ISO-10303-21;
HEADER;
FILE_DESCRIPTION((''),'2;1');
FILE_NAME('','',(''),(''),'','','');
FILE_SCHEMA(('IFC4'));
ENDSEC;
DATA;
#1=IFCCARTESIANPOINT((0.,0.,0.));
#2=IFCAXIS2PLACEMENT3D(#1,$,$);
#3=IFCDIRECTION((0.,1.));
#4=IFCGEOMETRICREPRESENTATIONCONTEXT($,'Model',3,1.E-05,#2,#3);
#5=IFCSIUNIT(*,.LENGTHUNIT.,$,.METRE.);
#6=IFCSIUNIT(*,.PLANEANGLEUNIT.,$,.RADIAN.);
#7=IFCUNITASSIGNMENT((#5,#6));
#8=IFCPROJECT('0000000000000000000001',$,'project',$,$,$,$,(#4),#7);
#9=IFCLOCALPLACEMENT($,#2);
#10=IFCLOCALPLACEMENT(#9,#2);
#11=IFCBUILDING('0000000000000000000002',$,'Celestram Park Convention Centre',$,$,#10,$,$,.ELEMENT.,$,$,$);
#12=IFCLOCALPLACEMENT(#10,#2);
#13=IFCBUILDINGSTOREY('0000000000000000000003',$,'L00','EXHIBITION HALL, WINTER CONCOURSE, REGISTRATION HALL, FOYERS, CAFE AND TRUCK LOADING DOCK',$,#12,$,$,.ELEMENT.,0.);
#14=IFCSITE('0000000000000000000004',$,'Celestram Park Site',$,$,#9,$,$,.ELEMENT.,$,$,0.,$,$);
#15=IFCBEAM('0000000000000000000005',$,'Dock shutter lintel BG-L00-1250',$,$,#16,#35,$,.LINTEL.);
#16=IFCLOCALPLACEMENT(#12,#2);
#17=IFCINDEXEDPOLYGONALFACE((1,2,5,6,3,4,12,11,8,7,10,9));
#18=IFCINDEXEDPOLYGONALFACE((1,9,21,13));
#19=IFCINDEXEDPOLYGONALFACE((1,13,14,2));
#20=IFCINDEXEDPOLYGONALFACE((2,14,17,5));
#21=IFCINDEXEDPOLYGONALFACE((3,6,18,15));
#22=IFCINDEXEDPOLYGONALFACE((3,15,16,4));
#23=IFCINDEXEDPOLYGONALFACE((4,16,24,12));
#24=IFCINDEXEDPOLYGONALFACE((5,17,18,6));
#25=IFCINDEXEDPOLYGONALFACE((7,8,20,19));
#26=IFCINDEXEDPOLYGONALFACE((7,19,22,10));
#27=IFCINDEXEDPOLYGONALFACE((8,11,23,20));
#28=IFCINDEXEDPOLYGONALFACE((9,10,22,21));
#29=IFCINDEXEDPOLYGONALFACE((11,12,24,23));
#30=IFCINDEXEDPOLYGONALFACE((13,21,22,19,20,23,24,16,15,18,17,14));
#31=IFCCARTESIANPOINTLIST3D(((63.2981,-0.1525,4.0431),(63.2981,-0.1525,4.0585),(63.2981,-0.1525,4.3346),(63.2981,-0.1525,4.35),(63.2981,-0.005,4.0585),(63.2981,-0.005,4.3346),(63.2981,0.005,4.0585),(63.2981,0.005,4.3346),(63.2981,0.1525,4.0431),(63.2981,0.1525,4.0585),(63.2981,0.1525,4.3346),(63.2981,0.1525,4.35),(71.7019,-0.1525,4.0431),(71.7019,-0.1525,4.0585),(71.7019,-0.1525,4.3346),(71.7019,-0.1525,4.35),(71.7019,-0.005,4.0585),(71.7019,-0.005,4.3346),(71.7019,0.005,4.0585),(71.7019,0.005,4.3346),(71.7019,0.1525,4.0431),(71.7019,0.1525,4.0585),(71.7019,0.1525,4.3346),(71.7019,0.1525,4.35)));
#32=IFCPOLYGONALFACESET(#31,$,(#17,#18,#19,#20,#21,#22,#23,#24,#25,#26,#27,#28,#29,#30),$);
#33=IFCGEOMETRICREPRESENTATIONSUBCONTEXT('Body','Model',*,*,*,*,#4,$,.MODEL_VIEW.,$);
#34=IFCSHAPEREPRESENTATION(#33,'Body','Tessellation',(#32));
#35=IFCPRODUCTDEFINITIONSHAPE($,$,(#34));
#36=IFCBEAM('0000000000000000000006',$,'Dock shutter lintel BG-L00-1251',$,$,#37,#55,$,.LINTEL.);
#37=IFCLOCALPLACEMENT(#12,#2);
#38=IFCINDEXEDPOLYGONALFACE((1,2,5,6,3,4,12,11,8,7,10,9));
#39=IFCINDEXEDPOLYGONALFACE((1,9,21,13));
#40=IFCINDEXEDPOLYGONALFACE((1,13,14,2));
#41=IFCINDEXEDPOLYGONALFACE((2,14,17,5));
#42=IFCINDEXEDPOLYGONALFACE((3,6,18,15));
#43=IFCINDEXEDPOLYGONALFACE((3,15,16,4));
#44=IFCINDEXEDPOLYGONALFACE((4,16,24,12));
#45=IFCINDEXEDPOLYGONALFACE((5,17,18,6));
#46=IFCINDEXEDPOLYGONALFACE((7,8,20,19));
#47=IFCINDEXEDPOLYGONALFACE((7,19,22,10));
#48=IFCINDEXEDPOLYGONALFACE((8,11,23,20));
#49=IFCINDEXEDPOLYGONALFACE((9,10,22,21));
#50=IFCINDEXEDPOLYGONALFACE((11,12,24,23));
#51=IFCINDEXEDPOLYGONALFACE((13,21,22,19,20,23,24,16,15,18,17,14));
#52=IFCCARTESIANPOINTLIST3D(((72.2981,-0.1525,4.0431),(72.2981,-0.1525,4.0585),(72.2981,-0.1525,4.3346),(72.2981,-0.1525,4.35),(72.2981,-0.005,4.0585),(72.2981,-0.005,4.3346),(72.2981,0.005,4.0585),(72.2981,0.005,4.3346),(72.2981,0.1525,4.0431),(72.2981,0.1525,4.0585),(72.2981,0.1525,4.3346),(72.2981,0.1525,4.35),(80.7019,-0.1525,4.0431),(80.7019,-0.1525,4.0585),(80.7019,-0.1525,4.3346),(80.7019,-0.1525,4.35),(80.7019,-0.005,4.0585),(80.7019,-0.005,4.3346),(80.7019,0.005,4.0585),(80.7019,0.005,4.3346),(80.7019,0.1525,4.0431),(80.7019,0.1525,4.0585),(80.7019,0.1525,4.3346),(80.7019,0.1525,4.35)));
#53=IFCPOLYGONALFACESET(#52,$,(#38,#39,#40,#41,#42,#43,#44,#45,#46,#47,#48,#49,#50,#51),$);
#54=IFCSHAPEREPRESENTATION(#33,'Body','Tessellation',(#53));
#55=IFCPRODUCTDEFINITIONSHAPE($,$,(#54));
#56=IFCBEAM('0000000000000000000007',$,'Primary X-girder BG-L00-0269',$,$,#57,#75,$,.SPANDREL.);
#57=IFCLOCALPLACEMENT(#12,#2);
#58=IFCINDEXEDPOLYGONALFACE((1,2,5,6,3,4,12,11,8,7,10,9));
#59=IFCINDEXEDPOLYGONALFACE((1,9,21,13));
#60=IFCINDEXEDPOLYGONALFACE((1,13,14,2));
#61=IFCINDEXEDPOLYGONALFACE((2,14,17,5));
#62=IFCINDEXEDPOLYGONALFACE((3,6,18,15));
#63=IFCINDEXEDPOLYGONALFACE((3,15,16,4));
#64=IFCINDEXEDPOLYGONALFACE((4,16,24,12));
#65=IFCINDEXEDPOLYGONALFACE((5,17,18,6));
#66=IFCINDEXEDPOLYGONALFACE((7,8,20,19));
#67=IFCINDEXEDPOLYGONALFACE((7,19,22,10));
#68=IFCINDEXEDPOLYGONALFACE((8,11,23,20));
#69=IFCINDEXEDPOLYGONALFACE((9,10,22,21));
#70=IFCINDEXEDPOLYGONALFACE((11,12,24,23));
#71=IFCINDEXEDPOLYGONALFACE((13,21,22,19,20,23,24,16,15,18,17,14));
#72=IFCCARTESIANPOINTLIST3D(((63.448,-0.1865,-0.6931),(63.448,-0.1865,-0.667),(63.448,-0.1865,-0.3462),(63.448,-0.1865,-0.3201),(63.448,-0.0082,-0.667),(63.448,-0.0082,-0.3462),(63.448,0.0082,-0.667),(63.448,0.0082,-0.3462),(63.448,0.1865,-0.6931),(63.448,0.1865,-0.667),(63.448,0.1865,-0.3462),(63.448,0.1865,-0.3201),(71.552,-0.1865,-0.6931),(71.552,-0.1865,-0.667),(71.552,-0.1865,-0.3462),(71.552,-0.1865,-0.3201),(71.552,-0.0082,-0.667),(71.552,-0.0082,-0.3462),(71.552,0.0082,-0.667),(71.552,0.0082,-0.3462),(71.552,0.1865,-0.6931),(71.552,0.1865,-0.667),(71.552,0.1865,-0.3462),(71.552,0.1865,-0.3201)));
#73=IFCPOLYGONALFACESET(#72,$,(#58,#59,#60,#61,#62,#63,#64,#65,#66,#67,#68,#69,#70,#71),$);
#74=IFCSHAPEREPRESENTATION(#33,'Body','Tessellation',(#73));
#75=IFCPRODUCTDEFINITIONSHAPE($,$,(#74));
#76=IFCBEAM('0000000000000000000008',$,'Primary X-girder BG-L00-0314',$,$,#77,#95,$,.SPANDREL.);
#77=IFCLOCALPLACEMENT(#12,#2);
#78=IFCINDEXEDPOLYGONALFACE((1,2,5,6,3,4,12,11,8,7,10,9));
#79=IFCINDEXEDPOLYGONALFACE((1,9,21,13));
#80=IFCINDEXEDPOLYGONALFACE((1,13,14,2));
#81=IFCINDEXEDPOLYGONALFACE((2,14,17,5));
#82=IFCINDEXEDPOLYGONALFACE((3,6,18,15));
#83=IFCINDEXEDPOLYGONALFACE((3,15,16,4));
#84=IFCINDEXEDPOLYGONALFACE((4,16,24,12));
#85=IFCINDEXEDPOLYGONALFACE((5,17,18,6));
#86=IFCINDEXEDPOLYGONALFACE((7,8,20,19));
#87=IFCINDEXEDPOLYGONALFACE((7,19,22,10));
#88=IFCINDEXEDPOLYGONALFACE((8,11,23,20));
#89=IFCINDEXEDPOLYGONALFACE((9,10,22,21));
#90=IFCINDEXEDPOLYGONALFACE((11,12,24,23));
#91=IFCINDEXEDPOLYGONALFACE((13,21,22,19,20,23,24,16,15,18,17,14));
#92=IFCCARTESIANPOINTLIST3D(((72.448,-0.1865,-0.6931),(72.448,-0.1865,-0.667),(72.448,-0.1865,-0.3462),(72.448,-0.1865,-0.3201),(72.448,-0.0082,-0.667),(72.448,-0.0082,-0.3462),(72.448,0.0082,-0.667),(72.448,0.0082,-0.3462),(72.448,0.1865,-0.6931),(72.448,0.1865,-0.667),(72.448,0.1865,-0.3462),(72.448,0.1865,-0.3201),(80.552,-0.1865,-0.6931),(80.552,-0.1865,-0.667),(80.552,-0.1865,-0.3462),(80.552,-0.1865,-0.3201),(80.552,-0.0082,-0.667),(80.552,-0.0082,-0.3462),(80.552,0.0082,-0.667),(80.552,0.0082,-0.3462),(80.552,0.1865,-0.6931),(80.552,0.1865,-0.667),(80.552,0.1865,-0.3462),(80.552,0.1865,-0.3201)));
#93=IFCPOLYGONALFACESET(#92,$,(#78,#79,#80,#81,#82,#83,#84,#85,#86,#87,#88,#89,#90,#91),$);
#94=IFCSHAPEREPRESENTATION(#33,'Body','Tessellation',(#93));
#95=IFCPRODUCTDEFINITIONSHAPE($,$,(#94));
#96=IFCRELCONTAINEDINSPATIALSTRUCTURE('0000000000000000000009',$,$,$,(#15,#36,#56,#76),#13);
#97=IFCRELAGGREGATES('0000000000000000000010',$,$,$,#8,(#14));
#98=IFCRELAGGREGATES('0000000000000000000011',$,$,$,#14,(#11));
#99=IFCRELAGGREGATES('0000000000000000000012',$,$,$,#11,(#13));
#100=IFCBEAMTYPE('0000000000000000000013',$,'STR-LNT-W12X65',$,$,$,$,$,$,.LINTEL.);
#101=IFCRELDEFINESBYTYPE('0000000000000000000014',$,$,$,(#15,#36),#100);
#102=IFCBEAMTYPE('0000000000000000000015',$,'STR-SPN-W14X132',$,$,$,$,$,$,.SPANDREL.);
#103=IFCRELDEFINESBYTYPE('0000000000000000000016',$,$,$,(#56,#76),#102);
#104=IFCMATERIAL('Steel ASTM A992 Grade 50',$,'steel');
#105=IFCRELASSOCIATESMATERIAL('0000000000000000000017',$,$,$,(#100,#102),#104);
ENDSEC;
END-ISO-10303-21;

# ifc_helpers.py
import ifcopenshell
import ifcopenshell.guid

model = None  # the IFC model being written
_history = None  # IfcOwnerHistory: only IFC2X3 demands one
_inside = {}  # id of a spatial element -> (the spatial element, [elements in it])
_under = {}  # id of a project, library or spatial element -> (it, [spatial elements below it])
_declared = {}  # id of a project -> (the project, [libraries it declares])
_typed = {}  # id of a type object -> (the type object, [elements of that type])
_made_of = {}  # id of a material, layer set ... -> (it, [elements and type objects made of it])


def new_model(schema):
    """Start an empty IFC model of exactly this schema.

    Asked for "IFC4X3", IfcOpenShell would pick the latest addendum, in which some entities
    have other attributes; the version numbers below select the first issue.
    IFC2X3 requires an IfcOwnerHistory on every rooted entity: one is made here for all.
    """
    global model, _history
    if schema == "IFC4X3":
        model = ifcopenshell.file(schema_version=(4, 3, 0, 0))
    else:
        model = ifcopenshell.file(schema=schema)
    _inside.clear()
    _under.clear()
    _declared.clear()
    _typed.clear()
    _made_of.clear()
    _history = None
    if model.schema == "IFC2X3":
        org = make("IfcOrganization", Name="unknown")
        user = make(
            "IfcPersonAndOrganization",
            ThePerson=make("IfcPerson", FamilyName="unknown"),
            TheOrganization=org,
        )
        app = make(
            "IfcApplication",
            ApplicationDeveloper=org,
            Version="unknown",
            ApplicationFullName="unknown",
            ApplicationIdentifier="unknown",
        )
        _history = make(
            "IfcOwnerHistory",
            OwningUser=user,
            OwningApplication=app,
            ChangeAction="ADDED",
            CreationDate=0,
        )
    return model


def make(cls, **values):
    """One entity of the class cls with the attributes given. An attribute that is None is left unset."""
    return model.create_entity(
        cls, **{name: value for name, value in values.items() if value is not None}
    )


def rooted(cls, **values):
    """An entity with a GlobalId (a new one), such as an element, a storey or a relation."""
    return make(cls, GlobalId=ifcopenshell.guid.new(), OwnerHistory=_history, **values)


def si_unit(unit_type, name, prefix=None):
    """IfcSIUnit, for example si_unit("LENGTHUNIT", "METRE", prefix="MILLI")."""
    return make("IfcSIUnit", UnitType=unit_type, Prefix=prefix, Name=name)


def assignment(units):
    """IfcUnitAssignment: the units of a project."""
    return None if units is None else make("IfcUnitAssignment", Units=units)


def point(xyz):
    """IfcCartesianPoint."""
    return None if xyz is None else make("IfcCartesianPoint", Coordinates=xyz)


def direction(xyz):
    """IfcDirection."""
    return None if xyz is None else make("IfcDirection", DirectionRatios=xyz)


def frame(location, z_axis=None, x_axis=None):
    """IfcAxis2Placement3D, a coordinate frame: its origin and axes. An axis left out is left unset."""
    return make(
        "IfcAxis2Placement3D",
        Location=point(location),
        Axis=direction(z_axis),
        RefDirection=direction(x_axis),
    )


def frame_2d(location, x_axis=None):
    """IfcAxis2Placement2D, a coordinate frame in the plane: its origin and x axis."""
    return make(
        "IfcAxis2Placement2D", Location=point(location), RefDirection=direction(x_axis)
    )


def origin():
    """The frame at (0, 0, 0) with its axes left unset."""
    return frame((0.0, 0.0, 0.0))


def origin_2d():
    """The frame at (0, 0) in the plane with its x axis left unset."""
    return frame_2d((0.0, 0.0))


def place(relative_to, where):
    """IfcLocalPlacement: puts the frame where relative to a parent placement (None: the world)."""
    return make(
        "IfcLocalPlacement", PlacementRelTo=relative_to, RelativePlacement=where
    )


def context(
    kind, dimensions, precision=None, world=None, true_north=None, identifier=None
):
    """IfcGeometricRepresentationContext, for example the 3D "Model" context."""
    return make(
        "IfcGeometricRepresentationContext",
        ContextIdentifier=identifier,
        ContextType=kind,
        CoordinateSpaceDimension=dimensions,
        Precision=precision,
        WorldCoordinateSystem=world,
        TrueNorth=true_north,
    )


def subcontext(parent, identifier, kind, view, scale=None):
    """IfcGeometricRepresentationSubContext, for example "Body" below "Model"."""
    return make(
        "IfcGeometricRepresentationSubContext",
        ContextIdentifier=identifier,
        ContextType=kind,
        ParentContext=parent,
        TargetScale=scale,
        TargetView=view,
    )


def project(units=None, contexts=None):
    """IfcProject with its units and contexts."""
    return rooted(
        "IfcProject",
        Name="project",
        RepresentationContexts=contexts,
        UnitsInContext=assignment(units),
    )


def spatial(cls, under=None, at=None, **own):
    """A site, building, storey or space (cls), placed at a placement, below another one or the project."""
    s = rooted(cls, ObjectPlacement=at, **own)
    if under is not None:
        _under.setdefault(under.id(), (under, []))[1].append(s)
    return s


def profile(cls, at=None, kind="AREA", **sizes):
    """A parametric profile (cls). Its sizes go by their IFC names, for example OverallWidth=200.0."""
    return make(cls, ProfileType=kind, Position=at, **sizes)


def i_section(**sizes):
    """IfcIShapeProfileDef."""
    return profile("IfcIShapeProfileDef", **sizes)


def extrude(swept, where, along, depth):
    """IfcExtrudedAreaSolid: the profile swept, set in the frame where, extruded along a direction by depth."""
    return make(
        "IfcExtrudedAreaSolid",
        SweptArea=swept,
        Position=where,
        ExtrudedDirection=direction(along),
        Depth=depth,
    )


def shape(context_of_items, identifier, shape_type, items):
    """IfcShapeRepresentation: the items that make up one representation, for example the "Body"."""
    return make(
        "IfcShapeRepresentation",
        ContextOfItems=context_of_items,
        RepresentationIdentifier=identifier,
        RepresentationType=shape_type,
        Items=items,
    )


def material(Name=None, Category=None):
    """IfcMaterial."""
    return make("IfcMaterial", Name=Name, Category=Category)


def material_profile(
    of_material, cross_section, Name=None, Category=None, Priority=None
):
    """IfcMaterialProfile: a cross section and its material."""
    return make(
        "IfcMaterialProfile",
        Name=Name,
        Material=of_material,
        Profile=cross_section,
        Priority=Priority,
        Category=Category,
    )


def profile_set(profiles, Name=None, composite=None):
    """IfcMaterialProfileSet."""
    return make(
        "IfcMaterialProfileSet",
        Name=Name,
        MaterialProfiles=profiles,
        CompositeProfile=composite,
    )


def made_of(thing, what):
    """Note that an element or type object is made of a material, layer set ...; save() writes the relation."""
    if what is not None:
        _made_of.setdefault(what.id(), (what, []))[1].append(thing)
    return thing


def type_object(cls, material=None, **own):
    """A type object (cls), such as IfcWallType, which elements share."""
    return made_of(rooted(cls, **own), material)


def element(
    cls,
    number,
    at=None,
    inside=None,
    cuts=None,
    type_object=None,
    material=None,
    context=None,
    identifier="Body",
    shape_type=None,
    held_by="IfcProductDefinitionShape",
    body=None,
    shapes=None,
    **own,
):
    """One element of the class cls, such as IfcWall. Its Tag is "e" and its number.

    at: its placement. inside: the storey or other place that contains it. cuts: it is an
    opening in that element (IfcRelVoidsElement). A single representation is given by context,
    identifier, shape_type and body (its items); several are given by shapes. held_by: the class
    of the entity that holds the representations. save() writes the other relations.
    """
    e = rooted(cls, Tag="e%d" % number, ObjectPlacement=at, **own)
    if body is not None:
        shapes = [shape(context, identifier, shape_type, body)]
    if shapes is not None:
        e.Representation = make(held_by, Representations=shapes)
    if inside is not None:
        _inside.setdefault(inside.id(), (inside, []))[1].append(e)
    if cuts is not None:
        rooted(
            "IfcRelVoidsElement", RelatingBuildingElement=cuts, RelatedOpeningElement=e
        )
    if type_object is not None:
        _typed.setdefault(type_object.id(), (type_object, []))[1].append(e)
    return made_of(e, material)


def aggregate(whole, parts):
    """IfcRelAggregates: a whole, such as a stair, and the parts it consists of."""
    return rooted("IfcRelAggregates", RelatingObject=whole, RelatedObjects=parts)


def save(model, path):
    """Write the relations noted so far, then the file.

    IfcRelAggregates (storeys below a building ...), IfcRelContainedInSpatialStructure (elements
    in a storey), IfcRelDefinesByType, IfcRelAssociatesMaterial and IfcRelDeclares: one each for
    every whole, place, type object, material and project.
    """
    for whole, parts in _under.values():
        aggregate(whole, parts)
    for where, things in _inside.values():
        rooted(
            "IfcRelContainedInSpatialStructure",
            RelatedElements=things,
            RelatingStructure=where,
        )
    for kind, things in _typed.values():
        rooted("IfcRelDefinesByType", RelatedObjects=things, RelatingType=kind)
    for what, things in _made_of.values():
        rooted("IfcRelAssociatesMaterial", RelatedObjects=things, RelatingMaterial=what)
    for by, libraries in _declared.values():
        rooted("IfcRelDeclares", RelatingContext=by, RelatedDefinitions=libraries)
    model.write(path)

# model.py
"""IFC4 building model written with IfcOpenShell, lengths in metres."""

from ifc_helpers import new_model, si_unit, direction, frame, origin, origin_2d, place, context, subcontext, project, spatial, i_section, extrude, material, material_profile, profile_set, type_object, element, save


model = new_model("IFC4")

# Units and contexts
model_context = context("Model", 3, precision=1e-05, world=origin(), true_north=direction((0.0, 1.0)))
body_context = subcontext(model_context, "Body", "Model", "MODEL_VIEW")
ifc_project = project(units=[si_unit("LENGTHUNIT", "METRE"), si_unit("PLANEANGLEUNIT", "RADIAN")], contexts=[model_context])

# Site, building, storey
site_placement = place(None, origin())
site = spatial("IfcSite", under=ifc_project, at=site_placement, Name="Celestram Park Site", CompositionType="ELEMENT", RefElevation=0.0)
building_placement = place(site_placement, origin())
building = spatial("IfcBuilding", under=site, at=building_placement, Name="Celestram Park Convention Centre", CompositionType="ELEMENT")
storey_placement = place(building_placement, origin())
storey = spatial("IfcBuildingStorey", under=building, at=storey_placement, Name="L00", Description="EXHIBITION HALL, WINTER CONCOURSE, REGISTRATION HALL, FOYERS, CAFE AND TRUCK LOADING DOCK", CompositionType="ELEMENT", Elevation=0.0)

# Beams
ifc_material_1 = material(Name="Steel ASTM A992 Grade 50", Category="steel")
ifc_material_profile_1 = material_profile(ifc_material_1, i_section(OverallWidth=0.3049, OverallDepth=0.3069, WebThickness=0.01, FlangeThickness=0.0154, at=origin_2d()), Name="W12X65")
ifc_profile_set_1 = profile_set([ifc_material_profile_1], Name="Steel ASTM A992 Grade 50")
beam_type_1 = type_object("IfcBeamType", Name="STR-LNT-W12X65", PredefinedType="LINTEL", material=ifc_profile_set_1)
for number, where, z_axis, x_axis, name in (
    (1, (63.2981, 0.0, 4.1965), (1.0, 0.0, 0.0), (0.0, 1.0, 0.0), "Dock shutter lintel BG-L00-1250"),
    (2, (72.2981, 0.0, 4.1965), (1.0, 0.0, 0.0), (0.0, 1.0, 0.0), "Dock shutter lintel BG-L00-1251"),
):
    element("IfcBeam", number, at=place(storey_placement, frame(where, z_axis=z_axis, x_axis=x_axis)), inside=storey, type_object=beam_type_1, Name=name, PredefinedType="LINTEL", context=body_context, shape_type="SweptSolid", body=[
        extrude(i_section(OverallWidth=0.3049, OverallDepth=0.3069, WebThickness=0.01, FlangeThickness=0.0154, at=origin_2d()), origin(), (0.0, 0.0, 1.0), 8.4038),
    ])
ifc_material_profile_2 = material_profile(ifc_material_1, i_section(OverallWidth=0.373, OverallDepth=0.373, WebThickness=0.0164, FlangeThickness=0.0261, at=origin_2d()), Name="W14X132")
ifc_profile_set_2 = profile_set([ifc_material_profile_2], Name="Steel ASTM A992 Grade 50")
beam_type_2 = type_object("IfcBeamType", Name="STR-SPN-W14X132", PredefinedType="SPANDREL", material=ifc_profile_set_2)
for number, where, z_axis, x_axis, name in (
    (3, (63.448, 0.0, -0.5066), (1.0, 0.0, 0.0), (0.0, 1.0, 0.0), "Primary X-girder BG-L00-0269"),
    (4, (72.448, 0.0, -0.5066), (1.0, 0.0, 0.0), (0.0, 1.0, 0.0), "Primary X-girder BG-L00-0314"),
):
    element("IfcBeam", number, at=place(storey_placement, frame(where, z_axis=z_axis, x_axis=x_axis)), inside=storey, type_object=beam_type_2, Name=name, PredefinedType="SPANDREL", context=body_context, shape_type="SweptSolid", body=[
        extrude(i_section(OverallWidth=0.373, OverallDepth=0.373, WebThickness=0.0164, FlangeThickness=0.0261, at=origin_2d()), origin(), (0.0, 0.0, 1.0), 8.104),
    ])

save(model, "model.ifc")
